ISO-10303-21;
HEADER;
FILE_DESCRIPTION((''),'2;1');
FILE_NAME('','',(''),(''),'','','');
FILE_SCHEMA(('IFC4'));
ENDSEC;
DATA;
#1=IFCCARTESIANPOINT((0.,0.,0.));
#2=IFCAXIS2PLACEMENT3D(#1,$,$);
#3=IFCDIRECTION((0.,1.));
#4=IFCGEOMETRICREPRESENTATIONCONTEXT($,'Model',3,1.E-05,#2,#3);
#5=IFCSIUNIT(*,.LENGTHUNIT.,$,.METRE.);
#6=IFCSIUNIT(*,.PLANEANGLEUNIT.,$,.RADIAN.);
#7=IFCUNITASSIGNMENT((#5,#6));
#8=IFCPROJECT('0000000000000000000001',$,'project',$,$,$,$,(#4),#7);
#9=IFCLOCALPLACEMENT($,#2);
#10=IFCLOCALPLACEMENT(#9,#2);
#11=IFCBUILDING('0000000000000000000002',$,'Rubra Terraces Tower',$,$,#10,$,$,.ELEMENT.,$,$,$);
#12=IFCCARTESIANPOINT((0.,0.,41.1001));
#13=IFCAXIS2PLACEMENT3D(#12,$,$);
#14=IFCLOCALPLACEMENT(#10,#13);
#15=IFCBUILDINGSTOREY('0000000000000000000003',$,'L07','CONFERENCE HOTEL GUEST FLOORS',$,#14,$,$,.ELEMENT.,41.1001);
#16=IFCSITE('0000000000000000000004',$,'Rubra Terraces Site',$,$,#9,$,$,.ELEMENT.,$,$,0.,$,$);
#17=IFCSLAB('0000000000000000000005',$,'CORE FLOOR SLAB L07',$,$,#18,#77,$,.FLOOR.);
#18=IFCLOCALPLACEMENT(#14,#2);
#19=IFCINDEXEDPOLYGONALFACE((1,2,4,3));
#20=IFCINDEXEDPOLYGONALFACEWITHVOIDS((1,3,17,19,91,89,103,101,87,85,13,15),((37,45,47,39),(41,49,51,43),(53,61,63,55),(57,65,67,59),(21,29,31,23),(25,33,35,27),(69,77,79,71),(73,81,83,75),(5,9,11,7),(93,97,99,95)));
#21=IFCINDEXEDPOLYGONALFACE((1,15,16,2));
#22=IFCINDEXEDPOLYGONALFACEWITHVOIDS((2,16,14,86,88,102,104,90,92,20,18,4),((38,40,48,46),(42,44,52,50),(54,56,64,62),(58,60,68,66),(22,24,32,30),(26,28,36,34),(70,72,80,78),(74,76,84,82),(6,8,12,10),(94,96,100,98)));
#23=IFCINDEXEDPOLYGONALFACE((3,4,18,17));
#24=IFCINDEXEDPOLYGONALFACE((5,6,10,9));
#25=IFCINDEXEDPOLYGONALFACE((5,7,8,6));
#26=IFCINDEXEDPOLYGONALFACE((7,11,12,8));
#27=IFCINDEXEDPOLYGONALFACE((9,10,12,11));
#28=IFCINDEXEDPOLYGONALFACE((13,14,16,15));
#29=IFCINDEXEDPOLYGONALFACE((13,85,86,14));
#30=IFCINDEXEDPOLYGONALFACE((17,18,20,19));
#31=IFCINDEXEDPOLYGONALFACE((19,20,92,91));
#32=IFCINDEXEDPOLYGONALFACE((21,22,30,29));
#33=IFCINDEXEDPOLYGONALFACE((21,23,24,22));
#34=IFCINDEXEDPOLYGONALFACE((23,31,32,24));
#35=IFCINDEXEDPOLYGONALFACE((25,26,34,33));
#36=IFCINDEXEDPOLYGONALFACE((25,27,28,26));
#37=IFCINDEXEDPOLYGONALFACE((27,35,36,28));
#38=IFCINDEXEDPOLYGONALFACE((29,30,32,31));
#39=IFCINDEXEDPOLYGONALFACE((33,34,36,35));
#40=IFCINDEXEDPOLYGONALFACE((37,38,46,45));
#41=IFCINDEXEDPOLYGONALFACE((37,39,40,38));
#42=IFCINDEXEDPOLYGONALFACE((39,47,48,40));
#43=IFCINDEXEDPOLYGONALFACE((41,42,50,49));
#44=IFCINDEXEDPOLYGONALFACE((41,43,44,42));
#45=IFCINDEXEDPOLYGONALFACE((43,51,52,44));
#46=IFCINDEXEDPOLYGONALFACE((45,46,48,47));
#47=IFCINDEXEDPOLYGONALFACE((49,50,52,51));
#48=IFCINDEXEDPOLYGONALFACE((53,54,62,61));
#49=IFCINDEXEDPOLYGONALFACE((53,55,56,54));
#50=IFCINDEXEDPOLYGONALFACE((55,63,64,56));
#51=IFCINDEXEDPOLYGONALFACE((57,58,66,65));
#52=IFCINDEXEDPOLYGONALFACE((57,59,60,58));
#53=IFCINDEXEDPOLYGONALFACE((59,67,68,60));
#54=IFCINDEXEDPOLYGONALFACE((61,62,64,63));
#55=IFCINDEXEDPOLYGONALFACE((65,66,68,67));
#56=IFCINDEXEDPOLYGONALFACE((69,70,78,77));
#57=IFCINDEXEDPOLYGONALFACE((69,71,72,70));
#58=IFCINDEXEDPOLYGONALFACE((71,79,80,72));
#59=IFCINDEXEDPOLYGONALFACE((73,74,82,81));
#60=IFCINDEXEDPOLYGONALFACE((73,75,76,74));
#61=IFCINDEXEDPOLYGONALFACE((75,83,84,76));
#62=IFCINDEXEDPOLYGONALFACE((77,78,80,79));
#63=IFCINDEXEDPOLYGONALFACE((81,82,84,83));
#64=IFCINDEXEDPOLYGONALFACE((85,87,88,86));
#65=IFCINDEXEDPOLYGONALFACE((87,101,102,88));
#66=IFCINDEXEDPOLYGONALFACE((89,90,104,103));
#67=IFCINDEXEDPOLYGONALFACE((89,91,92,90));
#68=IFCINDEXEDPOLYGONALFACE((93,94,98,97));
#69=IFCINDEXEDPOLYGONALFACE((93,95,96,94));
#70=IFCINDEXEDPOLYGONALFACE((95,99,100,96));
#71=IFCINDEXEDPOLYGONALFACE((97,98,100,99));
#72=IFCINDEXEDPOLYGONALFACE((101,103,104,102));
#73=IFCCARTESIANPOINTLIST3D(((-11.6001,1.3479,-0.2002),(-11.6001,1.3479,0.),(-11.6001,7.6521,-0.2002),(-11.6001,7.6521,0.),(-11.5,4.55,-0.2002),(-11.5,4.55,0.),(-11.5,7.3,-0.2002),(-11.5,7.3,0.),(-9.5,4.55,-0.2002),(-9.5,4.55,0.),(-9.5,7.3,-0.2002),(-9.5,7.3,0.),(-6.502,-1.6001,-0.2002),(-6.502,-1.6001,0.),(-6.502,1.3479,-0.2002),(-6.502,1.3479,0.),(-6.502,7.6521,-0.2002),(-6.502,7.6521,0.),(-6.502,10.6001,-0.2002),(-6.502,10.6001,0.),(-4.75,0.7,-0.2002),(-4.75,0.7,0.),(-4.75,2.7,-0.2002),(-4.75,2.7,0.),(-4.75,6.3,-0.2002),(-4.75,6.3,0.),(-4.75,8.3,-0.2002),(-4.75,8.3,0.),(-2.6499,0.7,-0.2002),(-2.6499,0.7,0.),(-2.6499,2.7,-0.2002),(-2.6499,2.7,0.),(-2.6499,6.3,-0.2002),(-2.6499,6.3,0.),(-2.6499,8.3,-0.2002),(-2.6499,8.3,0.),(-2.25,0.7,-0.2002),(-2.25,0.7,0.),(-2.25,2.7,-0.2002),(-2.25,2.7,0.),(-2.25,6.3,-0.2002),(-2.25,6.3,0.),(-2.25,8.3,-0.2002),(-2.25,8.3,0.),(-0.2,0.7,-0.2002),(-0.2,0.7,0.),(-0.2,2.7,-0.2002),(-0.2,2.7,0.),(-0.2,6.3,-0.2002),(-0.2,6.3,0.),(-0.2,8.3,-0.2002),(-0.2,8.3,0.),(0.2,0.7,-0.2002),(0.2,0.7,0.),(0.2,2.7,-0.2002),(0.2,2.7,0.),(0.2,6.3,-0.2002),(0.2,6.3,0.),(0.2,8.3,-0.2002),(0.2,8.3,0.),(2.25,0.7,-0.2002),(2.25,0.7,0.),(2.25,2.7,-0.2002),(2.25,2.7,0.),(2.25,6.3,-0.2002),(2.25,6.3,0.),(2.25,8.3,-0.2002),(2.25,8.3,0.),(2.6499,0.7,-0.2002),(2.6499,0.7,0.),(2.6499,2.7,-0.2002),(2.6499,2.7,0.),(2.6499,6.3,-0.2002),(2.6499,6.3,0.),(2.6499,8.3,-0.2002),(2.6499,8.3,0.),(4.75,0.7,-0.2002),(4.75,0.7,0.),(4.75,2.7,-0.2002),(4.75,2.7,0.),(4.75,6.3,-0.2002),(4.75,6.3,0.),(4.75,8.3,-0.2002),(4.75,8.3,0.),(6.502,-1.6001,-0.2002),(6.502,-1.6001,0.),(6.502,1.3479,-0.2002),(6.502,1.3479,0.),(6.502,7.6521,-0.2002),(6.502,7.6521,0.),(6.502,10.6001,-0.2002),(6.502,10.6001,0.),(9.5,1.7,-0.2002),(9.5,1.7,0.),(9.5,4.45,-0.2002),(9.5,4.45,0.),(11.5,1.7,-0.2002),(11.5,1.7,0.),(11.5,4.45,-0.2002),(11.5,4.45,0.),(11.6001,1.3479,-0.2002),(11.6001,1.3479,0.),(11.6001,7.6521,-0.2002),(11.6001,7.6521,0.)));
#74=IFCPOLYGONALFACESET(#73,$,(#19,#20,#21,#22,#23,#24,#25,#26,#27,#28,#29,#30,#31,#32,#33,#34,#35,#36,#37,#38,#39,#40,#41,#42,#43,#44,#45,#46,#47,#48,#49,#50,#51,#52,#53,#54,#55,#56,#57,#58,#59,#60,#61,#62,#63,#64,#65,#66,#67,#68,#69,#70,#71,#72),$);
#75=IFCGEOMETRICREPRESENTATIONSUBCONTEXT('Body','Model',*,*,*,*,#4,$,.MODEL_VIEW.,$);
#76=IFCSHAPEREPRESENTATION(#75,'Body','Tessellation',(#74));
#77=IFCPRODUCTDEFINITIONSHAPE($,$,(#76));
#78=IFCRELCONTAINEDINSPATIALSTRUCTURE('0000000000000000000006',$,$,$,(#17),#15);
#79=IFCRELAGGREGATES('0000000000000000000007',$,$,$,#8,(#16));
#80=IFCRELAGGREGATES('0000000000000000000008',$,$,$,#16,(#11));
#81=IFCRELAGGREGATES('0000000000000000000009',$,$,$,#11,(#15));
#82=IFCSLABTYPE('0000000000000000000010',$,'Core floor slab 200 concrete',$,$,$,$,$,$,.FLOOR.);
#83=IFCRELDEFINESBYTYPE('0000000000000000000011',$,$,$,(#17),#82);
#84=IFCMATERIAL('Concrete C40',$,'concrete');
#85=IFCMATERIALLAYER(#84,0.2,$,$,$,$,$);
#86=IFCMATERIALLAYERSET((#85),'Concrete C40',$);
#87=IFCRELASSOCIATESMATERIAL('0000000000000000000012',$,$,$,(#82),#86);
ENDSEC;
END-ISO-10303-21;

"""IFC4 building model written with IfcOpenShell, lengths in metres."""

from ifc_helpers import new_model, si_unit, direction, frame, origin, place, context, subcontext, project, spatial, polyline, outline, extrude, material, layer, layer_set, type_object, element, save


model = new_model("IFC4")

# Units and contexts
model_context = context("Model", 3, precision=1e-05, world=origin(), true_north=direction((0.0, 1.0)))
body_context = subcontext(model_context, "Body", "Model", "MODEL_VIEW")
ifc_project = project(units=[si_unit("LENGTHUNIT", "METRE"), si_unit("PLANEANGLEUNIT", "RADIAN")], contexts=[model_context])

# Site, building, storey
site_placement = place(None, origin())
site = spatial("IfcSite", under=ifc_project, at=site_placement, Name="Rubra Terraces Site", CompositionType="ELEMENT", RefElevation=0.0)
building_placement = place(site_placement, origin())
building = spatial("IfcBuilding", under=site, at=building_placement, Name="Rubra Terraces Tower", CompositionType="ELEMENT")
storey_placement = place(building_placement, frame((0.0, 0.0, 41.1001)))
storey = spatial("IfcBuildingStorey", under=building, at=storey_placement, Name="L07", Description="CONFERENCE HOTEL GUEST FLOORS", CompositionType="ELEMENT", Elevation=41.1001)

# Slab
ifc_material_1 = material(Name="Concrete C40", Category="concrete")
ifc_layer_1 = layer(ifc_material_1, 0.2)
ifc_layer_set_1 = layer_set([ifc_layer_1], Name="Concrete C40")
slab_type_1 = type_object("IfcSlabType", Name="Core floor slab 200 concrete", PredefinedType="FLOOR", material=ifc_layer_set_1)
slab_1_placement = place(storey_placement, frame((0.0, 0.0, -0.2002)))
element("IfcSlab", 1, at=slab_1_placement, inside=storey, type_object=slab_type_1, Name="CORE FLOOR SLAB L07", PredefinedType="FLOOR", context=body_context, shape_type="SweptSolid", body=[
    extrude(outline(polyline([(-11.6001, 1.3479), (-11.6001, 7.6521), (-6.502, 7.6521), (-6.502, 10.6001), (6.502, 10.6001), (6.502, 7.6521), (11.6001, 7.6521), (11.6001, 1.3479), (6.502, 1.3479), (6.502, -1.6001), (-6.502, -1.6001), (-6.502, 1.3479), (-11.6001, 1.3479)]), holes=[polyline([(9.5, 1.7), (11.5, 1.7), (11.5, 4.45), (9.5, 4.45), (9.5, 1.7)]), polyline([(4.75, 0.7), (4.75, 2.7), (2.6499, 2.7), (2.6499, 0.7), (4.75, 0.7)]), polyline([(4.75, 6.3), (4.75, 8.3), (2.6499, 8.3), (2.6499, 6.3), (4.75, 6.3)]), polyline([(2.25, 0.7), (2.25, 2.7), (0.2, 2.7), (0.2, 0.7), (2.25, 0.7)]), polyline([(2.25, 6.3), (2.25, 8.3), (0.2, 8.3), (0.2, 6.3), (2.25, 6.3)]), polyline([(-0.2, 0.7), (-0.2, 2.7), (-2.25, 2.7), (-2.25, 0.7), (-0.2, 0.7)]), polyline([(-0.2, 6.3), (-0.2, 8.3), (-2.25, 8.3), (-2.25, 6.3), (-0.2, 6.3)]), polyline([(-2.6499, 0.7), (-2.6499, 2.7), (-4.75, 2.7), (-4.75, 0.7), (-2.6499, 0.7)]), polyline([(-2.6499, 8.3), (-4.75, 8.3), (-4.75, 6.3), (-2.6499, 6.3), (-2.6499, 8.3)]), polyline([(-9.5, 7.3), (-11.5, 7.3), (-11.5, 4.55), (-9.5, 4.55), (-9.5, 7.3)])]), origin(), (0.0, 0.0, 1.0), 0.2002),
])

save(model, "model.ifc")
